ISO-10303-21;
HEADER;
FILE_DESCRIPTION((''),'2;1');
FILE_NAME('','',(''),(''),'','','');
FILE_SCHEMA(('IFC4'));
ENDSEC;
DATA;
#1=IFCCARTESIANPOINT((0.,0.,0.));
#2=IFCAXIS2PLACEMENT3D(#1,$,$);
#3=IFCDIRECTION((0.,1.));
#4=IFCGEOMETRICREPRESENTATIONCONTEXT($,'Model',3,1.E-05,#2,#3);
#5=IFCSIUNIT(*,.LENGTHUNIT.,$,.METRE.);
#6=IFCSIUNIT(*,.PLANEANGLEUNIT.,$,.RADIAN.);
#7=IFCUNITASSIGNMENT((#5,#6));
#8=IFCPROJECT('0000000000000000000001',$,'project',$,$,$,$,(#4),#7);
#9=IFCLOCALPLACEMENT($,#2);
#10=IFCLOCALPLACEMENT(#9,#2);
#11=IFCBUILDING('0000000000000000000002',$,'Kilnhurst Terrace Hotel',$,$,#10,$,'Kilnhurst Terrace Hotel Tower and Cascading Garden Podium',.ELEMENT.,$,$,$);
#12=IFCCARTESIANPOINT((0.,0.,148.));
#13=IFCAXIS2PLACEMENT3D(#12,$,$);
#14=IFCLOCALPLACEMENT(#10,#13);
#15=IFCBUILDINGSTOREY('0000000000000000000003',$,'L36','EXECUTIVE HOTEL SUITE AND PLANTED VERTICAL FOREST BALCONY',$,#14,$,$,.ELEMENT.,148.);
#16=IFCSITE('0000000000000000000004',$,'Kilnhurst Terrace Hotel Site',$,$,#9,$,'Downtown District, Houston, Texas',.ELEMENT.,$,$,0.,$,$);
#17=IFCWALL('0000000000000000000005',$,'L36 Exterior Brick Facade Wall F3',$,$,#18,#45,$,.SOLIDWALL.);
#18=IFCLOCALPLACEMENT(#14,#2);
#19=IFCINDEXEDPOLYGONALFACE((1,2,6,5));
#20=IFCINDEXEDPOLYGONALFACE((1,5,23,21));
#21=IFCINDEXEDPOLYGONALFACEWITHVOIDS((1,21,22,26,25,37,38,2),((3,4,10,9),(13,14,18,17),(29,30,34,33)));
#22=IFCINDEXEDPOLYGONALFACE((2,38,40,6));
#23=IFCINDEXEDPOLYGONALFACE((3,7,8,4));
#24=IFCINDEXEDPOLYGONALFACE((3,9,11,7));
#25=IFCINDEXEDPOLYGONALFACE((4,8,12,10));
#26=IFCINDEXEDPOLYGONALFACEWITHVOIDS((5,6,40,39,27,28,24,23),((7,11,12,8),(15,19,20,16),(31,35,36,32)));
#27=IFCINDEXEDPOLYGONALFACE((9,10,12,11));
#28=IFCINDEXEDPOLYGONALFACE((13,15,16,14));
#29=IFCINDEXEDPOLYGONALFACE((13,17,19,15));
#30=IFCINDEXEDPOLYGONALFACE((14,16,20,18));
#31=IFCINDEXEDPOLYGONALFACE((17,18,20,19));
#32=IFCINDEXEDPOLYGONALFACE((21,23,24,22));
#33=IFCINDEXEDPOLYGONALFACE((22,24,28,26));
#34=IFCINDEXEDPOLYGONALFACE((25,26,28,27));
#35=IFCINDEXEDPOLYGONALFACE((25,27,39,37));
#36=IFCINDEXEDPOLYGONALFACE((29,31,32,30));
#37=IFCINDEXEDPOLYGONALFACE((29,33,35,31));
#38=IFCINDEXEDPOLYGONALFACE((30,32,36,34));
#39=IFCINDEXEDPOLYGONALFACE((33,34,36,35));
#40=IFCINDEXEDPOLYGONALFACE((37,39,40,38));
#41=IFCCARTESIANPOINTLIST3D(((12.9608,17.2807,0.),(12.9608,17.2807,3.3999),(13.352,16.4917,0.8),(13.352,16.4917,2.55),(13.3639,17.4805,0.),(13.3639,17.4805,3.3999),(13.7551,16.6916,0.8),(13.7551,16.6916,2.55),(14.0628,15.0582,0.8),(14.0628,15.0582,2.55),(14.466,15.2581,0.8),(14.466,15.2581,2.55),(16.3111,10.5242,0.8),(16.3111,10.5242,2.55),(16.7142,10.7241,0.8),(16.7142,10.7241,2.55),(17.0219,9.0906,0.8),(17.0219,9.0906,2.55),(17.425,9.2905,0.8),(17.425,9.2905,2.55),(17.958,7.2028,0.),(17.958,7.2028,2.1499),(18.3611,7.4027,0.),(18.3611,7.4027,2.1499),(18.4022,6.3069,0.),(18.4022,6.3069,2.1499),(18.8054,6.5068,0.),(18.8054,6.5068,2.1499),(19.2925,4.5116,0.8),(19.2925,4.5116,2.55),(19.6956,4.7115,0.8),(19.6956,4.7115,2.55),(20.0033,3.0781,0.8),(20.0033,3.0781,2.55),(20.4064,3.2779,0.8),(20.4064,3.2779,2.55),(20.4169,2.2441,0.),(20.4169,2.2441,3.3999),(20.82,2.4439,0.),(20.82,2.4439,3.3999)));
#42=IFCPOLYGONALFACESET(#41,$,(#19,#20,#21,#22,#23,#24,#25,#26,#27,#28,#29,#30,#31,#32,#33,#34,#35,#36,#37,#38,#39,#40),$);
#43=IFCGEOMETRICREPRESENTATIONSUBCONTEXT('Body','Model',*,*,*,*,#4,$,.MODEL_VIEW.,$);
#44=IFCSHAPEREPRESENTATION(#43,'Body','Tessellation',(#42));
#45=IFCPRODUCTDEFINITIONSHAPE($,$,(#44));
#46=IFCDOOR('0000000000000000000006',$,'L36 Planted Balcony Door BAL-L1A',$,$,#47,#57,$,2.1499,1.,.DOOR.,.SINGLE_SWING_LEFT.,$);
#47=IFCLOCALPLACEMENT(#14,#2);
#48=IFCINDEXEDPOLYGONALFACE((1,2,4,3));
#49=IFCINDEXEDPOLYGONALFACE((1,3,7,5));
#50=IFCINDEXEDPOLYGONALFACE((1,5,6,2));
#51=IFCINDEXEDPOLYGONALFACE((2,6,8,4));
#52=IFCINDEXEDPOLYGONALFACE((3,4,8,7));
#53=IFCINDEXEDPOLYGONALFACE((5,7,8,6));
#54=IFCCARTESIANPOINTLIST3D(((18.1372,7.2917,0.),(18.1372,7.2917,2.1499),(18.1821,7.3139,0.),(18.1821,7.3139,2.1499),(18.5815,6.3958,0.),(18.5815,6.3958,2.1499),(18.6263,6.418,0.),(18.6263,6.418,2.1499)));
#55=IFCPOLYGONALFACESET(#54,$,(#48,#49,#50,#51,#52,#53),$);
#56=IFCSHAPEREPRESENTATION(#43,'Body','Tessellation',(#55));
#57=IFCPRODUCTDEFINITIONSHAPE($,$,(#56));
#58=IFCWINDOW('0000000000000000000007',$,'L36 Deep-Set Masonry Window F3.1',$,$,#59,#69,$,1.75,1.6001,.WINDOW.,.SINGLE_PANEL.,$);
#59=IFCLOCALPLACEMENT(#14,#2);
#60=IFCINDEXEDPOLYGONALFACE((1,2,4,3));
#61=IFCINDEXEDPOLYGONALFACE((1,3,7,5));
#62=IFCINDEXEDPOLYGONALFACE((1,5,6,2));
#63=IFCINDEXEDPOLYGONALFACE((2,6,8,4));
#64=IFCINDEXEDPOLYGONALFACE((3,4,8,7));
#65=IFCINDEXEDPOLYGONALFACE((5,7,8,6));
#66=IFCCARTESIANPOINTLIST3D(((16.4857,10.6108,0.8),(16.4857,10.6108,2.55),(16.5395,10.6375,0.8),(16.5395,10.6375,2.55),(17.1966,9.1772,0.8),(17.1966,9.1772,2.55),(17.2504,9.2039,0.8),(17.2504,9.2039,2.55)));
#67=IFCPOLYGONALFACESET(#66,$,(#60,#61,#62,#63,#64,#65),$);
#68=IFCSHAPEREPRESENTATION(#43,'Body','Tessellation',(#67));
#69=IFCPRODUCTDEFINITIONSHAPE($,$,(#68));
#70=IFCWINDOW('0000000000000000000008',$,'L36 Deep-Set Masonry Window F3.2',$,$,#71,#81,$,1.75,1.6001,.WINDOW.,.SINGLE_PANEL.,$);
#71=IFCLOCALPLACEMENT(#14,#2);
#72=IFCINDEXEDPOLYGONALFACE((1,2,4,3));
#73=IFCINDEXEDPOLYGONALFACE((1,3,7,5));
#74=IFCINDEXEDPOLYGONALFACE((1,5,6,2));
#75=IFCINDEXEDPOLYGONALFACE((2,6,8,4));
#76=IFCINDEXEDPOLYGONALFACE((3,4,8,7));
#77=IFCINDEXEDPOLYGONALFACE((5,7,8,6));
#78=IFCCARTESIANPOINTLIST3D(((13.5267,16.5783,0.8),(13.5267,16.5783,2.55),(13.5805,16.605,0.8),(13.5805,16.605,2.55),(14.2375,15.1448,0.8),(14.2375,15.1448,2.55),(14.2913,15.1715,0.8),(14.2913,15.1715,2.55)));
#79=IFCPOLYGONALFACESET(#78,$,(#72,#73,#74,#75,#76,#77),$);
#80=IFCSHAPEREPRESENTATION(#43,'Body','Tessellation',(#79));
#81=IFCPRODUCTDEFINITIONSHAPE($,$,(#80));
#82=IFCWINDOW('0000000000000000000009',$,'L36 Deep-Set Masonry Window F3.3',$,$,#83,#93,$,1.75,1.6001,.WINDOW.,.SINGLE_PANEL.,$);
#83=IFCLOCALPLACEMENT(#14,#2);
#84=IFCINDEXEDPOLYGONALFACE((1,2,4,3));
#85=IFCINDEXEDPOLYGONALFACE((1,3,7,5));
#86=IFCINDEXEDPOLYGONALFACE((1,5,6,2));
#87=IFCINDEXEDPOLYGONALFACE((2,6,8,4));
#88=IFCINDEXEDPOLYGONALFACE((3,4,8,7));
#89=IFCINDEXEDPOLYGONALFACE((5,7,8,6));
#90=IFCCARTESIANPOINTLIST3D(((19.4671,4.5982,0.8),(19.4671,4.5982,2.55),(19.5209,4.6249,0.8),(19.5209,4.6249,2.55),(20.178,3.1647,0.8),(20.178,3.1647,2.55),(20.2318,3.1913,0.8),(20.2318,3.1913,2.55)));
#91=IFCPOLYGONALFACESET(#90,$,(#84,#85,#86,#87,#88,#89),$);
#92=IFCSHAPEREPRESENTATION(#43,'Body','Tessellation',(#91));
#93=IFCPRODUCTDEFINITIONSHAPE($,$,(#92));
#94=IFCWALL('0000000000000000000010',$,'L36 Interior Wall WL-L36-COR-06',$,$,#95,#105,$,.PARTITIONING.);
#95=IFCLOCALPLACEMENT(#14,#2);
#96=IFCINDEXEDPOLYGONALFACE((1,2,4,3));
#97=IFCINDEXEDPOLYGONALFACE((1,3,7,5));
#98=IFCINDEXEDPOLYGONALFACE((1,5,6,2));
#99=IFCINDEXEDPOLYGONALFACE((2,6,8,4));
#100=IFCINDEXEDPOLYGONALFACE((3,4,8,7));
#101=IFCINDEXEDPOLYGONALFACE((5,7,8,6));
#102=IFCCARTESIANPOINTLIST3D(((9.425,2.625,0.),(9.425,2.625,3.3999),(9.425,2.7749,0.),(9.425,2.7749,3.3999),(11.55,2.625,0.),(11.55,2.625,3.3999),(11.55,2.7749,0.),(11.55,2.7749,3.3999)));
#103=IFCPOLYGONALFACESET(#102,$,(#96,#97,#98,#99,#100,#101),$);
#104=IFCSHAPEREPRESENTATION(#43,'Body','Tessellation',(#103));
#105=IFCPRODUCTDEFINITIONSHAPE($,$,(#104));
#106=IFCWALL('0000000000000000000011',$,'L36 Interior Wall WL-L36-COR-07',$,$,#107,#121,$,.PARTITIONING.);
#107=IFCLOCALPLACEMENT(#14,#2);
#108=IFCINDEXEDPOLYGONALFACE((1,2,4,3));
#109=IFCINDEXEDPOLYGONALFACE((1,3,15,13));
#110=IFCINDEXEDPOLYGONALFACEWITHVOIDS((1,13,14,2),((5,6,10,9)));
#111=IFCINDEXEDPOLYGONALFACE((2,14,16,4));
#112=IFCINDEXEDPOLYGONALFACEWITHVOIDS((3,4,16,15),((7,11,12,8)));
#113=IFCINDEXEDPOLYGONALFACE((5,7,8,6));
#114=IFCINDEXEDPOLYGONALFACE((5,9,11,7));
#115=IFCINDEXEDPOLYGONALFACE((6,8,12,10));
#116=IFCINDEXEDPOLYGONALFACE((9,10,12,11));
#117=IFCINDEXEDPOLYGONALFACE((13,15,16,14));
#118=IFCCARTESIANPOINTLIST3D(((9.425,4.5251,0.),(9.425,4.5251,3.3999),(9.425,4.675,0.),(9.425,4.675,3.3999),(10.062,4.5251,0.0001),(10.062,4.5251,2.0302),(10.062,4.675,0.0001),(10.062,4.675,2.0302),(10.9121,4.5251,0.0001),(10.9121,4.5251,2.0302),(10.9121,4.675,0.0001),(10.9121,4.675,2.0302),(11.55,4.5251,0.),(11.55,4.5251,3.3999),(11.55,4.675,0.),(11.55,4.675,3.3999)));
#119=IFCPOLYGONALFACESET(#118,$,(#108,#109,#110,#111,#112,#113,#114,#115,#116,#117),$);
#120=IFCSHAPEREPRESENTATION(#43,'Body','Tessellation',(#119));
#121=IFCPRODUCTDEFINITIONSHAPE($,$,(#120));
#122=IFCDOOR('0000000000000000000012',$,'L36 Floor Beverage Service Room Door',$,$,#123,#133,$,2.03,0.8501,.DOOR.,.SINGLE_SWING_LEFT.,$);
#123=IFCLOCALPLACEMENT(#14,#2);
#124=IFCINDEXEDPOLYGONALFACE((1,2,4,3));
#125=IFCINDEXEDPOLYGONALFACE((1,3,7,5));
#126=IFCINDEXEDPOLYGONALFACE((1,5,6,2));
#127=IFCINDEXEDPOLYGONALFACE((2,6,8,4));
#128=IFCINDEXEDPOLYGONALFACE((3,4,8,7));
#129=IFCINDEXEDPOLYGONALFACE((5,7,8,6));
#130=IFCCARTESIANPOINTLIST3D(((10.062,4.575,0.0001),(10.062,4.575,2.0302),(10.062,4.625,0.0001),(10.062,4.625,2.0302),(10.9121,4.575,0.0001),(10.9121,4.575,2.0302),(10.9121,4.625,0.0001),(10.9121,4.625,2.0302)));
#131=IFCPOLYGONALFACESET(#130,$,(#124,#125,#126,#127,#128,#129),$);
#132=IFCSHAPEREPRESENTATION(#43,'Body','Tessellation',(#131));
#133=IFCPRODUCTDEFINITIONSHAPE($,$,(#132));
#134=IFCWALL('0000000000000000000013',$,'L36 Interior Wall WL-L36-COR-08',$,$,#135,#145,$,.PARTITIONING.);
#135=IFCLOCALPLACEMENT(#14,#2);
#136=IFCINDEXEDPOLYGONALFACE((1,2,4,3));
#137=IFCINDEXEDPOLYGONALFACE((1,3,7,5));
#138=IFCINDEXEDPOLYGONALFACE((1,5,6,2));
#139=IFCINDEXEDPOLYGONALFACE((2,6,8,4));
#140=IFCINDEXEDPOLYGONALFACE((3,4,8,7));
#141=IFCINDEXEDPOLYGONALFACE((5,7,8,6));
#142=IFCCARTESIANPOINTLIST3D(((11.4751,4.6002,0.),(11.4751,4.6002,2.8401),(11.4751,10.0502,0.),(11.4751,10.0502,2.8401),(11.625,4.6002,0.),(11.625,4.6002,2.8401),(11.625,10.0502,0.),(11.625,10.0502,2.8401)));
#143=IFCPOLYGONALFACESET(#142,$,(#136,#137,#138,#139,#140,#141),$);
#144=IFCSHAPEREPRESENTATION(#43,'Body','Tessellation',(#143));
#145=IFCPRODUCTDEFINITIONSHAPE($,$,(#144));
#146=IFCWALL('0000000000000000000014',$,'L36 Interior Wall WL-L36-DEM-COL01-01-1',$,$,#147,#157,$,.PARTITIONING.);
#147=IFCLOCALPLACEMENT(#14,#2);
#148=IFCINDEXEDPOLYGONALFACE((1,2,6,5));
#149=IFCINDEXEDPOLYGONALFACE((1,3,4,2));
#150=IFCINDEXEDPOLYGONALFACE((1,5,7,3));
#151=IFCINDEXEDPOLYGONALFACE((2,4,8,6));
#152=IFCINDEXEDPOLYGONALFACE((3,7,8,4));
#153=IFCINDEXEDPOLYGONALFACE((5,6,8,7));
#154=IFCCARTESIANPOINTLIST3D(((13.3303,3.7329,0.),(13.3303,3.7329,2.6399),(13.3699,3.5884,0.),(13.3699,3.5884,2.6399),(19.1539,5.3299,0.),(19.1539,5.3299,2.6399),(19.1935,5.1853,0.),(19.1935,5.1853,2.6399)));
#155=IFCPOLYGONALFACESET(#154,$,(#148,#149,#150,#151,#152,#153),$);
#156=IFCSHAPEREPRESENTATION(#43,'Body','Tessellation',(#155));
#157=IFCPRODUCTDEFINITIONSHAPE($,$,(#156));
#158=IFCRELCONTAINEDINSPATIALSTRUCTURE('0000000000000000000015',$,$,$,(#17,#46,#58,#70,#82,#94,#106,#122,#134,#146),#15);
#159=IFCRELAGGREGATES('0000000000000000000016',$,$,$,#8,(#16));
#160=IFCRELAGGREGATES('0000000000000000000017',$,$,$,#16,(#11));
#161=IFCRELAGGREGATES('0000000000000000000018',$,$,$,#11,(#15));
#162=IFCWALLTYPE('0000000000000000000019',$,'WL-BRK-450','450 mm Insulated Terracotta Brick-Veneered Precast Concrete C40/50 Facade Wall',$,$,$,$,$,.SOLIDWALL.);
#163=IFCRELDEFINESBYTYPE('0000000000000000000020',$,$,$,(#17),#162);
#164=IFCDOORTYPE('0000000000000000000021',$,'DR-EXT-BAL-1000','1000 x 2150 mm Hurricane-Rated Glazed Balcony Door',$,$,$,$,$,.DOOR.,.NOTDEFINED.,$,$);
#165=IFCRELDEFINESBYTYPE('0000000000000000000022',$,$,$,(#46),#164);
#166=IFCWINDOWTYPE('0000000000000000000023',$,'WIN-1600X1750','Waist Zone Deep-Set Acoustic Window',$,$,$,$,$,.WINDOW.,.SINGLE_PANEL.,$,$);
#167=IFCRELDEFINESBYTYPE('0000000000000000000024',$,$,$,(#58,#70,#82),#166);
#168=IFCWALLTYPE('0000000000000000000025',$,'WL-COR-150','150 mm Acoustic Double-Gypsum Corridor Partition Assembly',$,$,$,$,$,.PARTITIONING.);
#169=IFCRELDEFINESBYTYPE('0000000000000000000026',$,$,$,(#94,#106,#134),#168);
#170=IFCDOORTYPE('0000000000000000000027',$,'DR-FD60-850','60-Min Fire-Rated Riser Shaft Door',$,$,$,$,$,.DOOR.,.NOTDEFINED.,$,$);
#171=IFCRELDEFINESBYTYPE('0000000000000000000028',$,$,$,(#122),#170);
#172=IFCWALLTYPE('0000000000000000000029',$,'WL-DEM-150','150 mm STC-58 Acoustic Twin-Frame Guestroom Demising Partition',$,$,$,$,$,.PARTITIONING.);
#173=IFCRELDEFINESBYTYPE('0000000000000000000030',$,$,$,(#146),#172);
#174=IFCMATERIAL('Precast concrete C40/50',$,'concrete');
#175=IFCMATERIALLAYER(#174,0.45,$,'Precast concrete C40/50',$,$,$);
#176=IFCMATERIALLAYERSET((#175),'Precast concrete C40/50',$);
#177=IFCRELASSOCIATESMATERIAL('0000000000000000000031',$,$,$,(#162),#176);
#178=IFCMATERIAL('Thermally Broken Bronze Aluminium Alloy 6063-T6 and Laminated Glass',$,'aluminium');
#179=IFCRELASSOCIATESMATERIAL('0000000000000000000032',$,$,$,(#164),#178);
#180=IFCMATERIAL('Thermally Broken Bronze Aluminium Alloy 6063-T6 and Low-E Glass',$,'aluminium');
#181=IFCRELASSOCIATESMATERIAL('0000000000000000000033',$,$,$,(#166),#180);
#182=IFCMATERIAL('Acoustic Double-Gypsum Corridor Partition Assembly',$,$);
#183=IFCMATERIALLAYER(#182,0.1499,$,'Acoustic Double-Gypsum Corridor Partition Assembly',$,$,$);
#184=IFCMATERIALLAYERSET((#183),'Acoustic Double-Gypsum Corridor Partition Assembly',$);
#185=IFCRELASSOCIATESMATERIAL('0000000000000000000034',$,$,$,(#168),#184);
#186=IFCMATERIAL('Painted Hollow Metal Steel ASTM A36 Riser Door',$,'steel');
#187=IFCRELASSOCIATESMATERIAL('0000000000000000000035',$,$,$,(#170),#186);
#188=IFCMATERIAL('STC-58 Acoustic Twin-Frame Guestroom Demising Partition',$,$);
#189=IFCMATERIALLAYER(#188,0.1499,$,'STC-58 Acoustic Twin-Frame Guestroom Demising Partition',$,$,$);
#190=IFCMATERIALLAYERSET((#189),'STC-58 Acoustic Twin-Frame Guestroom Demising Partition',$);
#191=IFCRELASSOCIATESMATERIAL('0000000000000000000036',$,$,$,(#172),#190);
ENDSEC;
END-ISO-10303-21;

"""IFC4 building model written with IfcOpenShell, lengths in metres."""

from ifc_helpers import new_model, si_unit, direction, frame, frame_2d, origin, place, context, subcontext, project, spatial, rectangle, extrude, material, layer, layer_set, type_object, element, fill, save


model = new_model("IFC4")

# Units and contexts
model_context = context("Model", 3, precision=1e-05, world=origin(), true_north=direction((0.0, 1.0)))
body_context = subcontext(model_context, "Body", "Model", "MODEL_VIEW")
ifc_project = project(units=[si_unit("LENGTHUNIT", "METRE"), si_unit("PLANEANGLEUNIT", "RADIAN")], contexts=[model_context])

# Site, building, storey
site_placement = place(None, origin())
site = spatial("IfcSite", under=ifc_project, at=site_placement, Name="Kilnhurst Terrace Hotel Site", LongName="Downtown District, Houston, Texas", CompositionType="ELEMENT", RefElevation=0.0)
building_placement = place(site_placement, origin())
building = spatial("IfcBuilding", under=site, at=building_placement, Name="Kilnhurst Terrace Hotel", LongName="Kilnhurst Terrace Hotel Tower and Cascading Garden Podium", CompositionType="ELEMENT")
storey_placement = place(building_placement, frame((0.0, 0.0, 148.0)))
storey = spatial("IfcBuildingStorey", under=building, at=storey_placement, Name="L36", Description="EXECUTIVE HOTEL SUITE AND PLANTED VERTICAL FOREST BALCONY", CompositionType="ELEMENT", Elevation=148.0)

# Shared definitions
ifc_material_1 = material(Name="Precast concrete C40/50", Category="concrete")
ifc_layer_1 = layer(ifc_material_1, 0.45, Name="Precast concrete C40/50")
ifc_layer_set_1 = layer_set([ifc_layer_1], Name="Precast concrete C40/50")
wall_type_1 = type_object("IfcWallType", Name="WL-BRK-450", Description="450 mm Insulated Terracotta Brick-Veneered Precast Concrete C40/50 Facade Wall", PredefinedType="SOLIDWALL", material=ifc_layer_set_1)

# Wall, openings, door, windows
wall_1_placement = place(storey_placement, frame((20.6184, 2.344, 0.0), z_axis=(0.0, 0.0, 1.0), x_axis=(-0.444244, 0.895906, 0.0)))
wall_1 = element("IfcWall", 1, at=wall_1_placement, inside=storey, type_object=wall_type_1, Name="L36 Exterior Brick Facade Wall F3", PredefinedType="SOLIDWALL", context=body_context, shape_type="SweptSolid", body=[
    extrude(rectangle(XDim=16.7837, YDim=0.45, at=frame_2d((8.3918, 0.0))), origin(), (0.0, 0.0, 1.0), 3.3999),
])
opening_1_placement = place(wall_1_placement, frame((4.5349, 0.0, 0.0)))
opening_1 = element("IfcOpeningElement", 2, at=opening_1_placement, cuts=wall_1, PredefinedType="OPENING", context=body_context, shape_type="SweptSolid", body=[
    extrude(rectangle(XDim=1.0, YDim=2.1499, at=frame_2d((0.5, 1.075))), frame((0.0, 0.2349, 0.0), z_axis=(0.0, -1.0, 0.0), x_axis=(1.0, 0.0, 0.0)), (0.0, 0.0, 1.0), 0.47),
])
opening_2_placement = place(wall_1_placement, frame((7.6421, 0.0, 0.8)))
opening_2 = element("IfcOpeningElement", 3, at=opening_2_placement, cuts=wall_1, PredefinedType="OPENING", context=body_context, shape_type="SweptSolid", body=[
    extrude(rectangle(XDim=1.6001, YDim=1.75, at=frame_2d((0.8, 0.875))), frame((0.0, 0.2349, 0.0), z_axis=(0.0, -1.0, 0.0), x_axis=(1.0, 0.0, 0.0)), (0.0, 0.0, 1.0), 0.47),
])
opening_3_placement = place(wall_1_placement, frame((14.303, 0.0, 0.8)))
opening_3 = element("IfcOpeningElement", 4, at=opening_3_placement, cuts=wall_1, PredefinedType="OPENING", context=body_context, shape_type="SweptSolid", body=[
    extrude(rectangle(XDim=1.6001, YDim=1.75, at=frame_2d((0.8, 0.875))), frame((0.0, 0.2349, 0.0), z_axis=(0.0, -1.0, 0.0), x_axis=(1.0, 0.0, 0.0)), (0.0, 0.0, 1.0), 0.47),
])
opening_4_placement = place(wall_1_placement, frame((0.9309, 0.0, 0.8)))
opening_4 = element("IfcOpeningElement", 5, at=opening_4_placement, cuts=wall_1, PredefinedType="OPENING", context=body_context, shape_type="SweptSolid", body=[
    extrude(rectangle(XDim=1.6001, YDim=1.75, at=frame_2d((0.8, 0.875))), frame((0.0, 0.2349, 0.0), z_axis=(0.0, -1.0, 0.0), x_axis=(1.0, 0.0, 0.0)), (0.0, 0.0, 1.0), 0.47),
])
ifc_material_2 = material(Name="Thermally Broken Bronze Aluminium Alloy 6063-T6 and Laminated Glass", Category="aluminium")
door_type_1 = type_object("IfcDoorType", Name="DR-EXT-BAL-1000", Description="1000 x 2150 mm Hurricane-Rated Glazed Balcony Door", OperationType="NOTDEFINED", PredefinedType="DOOR", material=ifc_material_2)
door_1_placement = place(opening_1_placement, origin())
door_1 = element("IfcDoor", 6, at=door_1_placement, inside=storey, type_object=door_type_1, Name="L36 Planted Balcony Door BAL-L1A", OperationType="SINGLE_SWING_LEFT", OverallHeight=2.1499, OverallWidth=1.0, PredefinedType="DOOR", context=body_context, shape_type="SweptSolid", body=[
    extrude(rectangle(XDim=1.0, YDim=2.1499, at=frame_2d((0.5, 1.075))), frame((0.0, 0.0249, 0.0), z_axis=(0.0, -1.0, 0.0), x_axis=(1.0, 0.0, 0.0)), (0.0, 0.0, 1.0), 0.05),
])
fill(opening_1, door_1)
ifc_material_3 = material(Name="Thermally Broken Bronze Aluminium Alloy 6063-T6 and Low-E Glass", Category="aluminium")
window_type = type_object("IfcWindowType", Name="WIN-1600X1750", Description="Waist Zone Deep-Set Acoustic Window", PartitioningType="SINGLE_PANEL", PredefinedType="WINDOW", material=ifc_material_3)
window_1_placement = place(opening_2_placement, origin())
window_1 = element("IfcWindow", 7, at=window_1_placement, inside=storey, type_object=window_type, Name="L36 Deep-Set Masonry Window F3.1", OverallHeight=1.75, OverallWidth=1.6001, PartitioningType="SINGLE_PANEL", PredefinedType="WINDOW", context=body_context, shape_type="SweptSolid", body=[
    extrude(rectangle(XDim=1.6001, YDim=1.75, at=frame_2d((0.8, 0.875))), frame((0.0, 0.03, 0.0), z_axis=(0.0, -1.0, 0.0), x_axis=(1.0, 0.0, 0.0)), (0.0, 0.0, 1.0), 0.0601),
])
fill(opening_2, window_1)
window_2_placement = place(opening_3_placement, origin())
window_2 = element("IfcWindow", 8, at=window_2_placement, inside=storey, type_object=window_type, Name="L36 Deep-Set Masonry Window F3.2", OverallHeight=1.75, OverallWidth=1.6001, PartitioningType="SINGLE_PANEL", PredefinedType="WINDOW", context=body_context, shape_type="SweptSolid", body=[
    extrude(rectangle(XDim=1.6001, YDim=1.75, at=frame_2d((0.8, 0.875))), frame((0.0, 0.03, 0.0), z_axis=(0.0, -1.0, 0.0), x_axis=(1.0, 0.0, 0.0)), (0.0, 0.0, 1.0), 0.0601),
])
fill(opening_3, window_2)
window_3_placement = place(opening_4_placement, origin())
window_3 = element("IfcWindow", 9, at=window_3_placement, inside=storey, type_object=window_type, Name="L36 Deep-Set Masonry Window F3.3", OverallHeight=1.75, OverallWidth=1.6001, PartitioningType="SINGLE_PANEL", PredefinedType="WINDOW", context=body_context, shape_type="SweptSolid", body=[
    extrude(rectangle(XDim=1.6001, YDim=1.75, at=frame_2d((0.8, 0.875))), frame((0.0, 0.03, 0.0), z_axis=(0.0, -1.0, 0.0), x_axis=(1.0, 0.0, 0.0)), (0.0, 0.0, 1.0), 0.0601),
])
fill(opening_4, window_3)

# Wall
ifc_material_4 = material(Name="Acoustic Double-Gypsum Corridor Partition Assembly")
ifc_layer_2 = layer(ifc_material_4, 0.1499, Name="Acoustic Double-Gypsum Corridor Partition Assembly")
ifc_layer_set_2 = layer_set([ifc_layer_2], Name="Acoustic Double-Gypsum Corridor Partition Assembly")
wall_type_2 = type_object("IfcWallType", Name="WL-COR-150", Description="150 mm Acoustic Double-Gypsum Corridor Partition Assembly", PredefinedType="PARTITIONING", material=ifc_layer_set_2)
wall_2_placement = place(storey_placement, frame((11.55, 2.7, 0.0), z_axis=(0.0, 0.0, 1.0), x_axis=(-1.0, 0.0, 0.0)))
element("IfcWall", 10, at=wall_2_placement, inside=storey, type_object=wall_type_2, Name="L36 Interior Wall WL-L36-COR-06", PredefinedType="PARTITIONING", context=body_context, shape_type="SweptSolid", body=[
    extrude(rectangle(XDim=2.125, YDim=0.1499, at=frame_2d((1.0625, 0.0))), origin(), (0.0, 0.0, 1.0), 3.3999),
])

# Wall, opening, door
wall_3_placement = place(storey_placement, frame((9.425, 4.6001, 0.0), z_axis=(0.0, 0.0, 1.0), x_axis=(1.0, 0.0, 0.0)))
wall_3 = element("IfcWall", 11, at=wall_3_placement, inside=storey, type_object=wall_type_2, Name="L36 Interior Wall WL-L36-COR-07", PredefinedType="PARTITIONING", context=body_context, shape_type="SweptSolid", body=[
    extrude(rectangle(XDim=2.125, YDim=0.1499, at=frame_2d((1.0625, 0.0))), origin(), (0.0, 0.0, 1.0), 3.3999),
])
opening_5_placement = place(wall_3_placement, frame((0.637, 0.0, 0.0)))
opening_5 = element("IfcOpeningElement", 12, at=opening_5_placement, cuts=wall_3, PredefinedType="OPENING", context=body_context, shape_type="SweptSolid", body=[
    extrude(rectangle(XDim=0.8501, YDim=2.03, at=frame_2d((0.425, 1.0151))), frame((0.0, 0.085, 0.0), z_axis=(0.0, -1.0, 0.0), x_axis=(1.0, 0.0, 0.0)), (0.0, 0.0, 1.0), 0.1699),
])
ifc_material_5 = material(Name="Painted Hollow Metal Steel ASTM A36 Riser Door", Category="steel")
door_type_2 = type_object("IfcDoorType", Name="DR-FD60-850", Description="60-Min Fire-Rated Riser Shaft Door", OperationType="NOTDEFINED", PredefinedType="DOOR", material=ifc_material_5)
door_2_placement = place(opening_5_placement, origin())
door_2 = element("IfcDoor", 13, at=door_2_placement, inside=storey, type_object=door_type_2, Name="L36 Floor Beverage Service Room Door", OperationType="SINGLE_SWING_LEFT", OverallHeight=2.03, OverallWidth=0.8501, PredefinedType="DOOR", context=body_context, shape_type="SweptSolid", body=[
    extrude(rectangle(XDim=0.8501, YDim=2.03, at=frame_2d((0.425, 1.0151))), frame((0.0, 0.0249, 0.0), z_axis=(0.0, -1.0, 0.0), x_axis=(1.0, 0.0, 0.0)), (0.0, 0.0, 1.0), 0.05),
])
fill(opening_5, door_2)

# Walls
wall_4_placement = place(storey_placement, frame((11.55, 4.6001, 0.0), z_axis=(0.0, 0.0, 1.0), x_axis=(0.0, 1.0, 0.0)))
element("IfcWall", 14, at=wall_4_placement, inside=storey, type_object=wall_type_2, Name="L36 Interior Wall WL-L36-COR-08", PredefinedType="PARTITIONING", context=body_context, shape_type="SweptSolid", body=[
    extrude(rectangle(XDim=5.45, YDim=0.1499, at=frame_2d((2.7251, 0.0))), origin(), (0.0, 0.0, 1.0), 2.8401),
])
ifc_material_6 = material(Name="STC-58 Acoustic Twin-Frame Guestroom Demising Partition")
ifc_layer_3 = layer(ifc_material_6, 0.1499, Name="STC-58 Acoustic Twin-Frame Guestroom Demising Partition")
ifc_layer_set_3 = layer_set([ifc_layer_3], Name="STC-58 Acoustic Twin-Frame Guestroom Demising Partition")
wall_type_3 = type_object("IfcWallType", Name="WL-DEM-150", Description="150 mm STC-58 Acoustic Twin-Frame Guestroom Demising Partition", PredefinedType="PARTITIONING", material=ifc_layer_set_3)
wall_5_placement = place(storey_placement, frame((13.3501, 3.6606, 0.0), z_axis=(0.0, 0.0, 1.0), x_axis=(0.964397, 0.264458, 0.0)))
element("IfcWall", 15, at=wall_5_placement, inside=storey, type_object=wall_type_3, Name="L36 Interior Wall WL-L36-DEM-COL01-01-1", PredefinedType="PARTITIONING", context=body_context, shape_type="SweptSolid", body=[
    extrude(rectangle(XDim=6.0386, YDim=0.1499, at=frame_2d((3.0193, 0.0))), origin(), (0.0, 0.0, 1.0), 2.6399),
])

save(model, "model.ifc")
